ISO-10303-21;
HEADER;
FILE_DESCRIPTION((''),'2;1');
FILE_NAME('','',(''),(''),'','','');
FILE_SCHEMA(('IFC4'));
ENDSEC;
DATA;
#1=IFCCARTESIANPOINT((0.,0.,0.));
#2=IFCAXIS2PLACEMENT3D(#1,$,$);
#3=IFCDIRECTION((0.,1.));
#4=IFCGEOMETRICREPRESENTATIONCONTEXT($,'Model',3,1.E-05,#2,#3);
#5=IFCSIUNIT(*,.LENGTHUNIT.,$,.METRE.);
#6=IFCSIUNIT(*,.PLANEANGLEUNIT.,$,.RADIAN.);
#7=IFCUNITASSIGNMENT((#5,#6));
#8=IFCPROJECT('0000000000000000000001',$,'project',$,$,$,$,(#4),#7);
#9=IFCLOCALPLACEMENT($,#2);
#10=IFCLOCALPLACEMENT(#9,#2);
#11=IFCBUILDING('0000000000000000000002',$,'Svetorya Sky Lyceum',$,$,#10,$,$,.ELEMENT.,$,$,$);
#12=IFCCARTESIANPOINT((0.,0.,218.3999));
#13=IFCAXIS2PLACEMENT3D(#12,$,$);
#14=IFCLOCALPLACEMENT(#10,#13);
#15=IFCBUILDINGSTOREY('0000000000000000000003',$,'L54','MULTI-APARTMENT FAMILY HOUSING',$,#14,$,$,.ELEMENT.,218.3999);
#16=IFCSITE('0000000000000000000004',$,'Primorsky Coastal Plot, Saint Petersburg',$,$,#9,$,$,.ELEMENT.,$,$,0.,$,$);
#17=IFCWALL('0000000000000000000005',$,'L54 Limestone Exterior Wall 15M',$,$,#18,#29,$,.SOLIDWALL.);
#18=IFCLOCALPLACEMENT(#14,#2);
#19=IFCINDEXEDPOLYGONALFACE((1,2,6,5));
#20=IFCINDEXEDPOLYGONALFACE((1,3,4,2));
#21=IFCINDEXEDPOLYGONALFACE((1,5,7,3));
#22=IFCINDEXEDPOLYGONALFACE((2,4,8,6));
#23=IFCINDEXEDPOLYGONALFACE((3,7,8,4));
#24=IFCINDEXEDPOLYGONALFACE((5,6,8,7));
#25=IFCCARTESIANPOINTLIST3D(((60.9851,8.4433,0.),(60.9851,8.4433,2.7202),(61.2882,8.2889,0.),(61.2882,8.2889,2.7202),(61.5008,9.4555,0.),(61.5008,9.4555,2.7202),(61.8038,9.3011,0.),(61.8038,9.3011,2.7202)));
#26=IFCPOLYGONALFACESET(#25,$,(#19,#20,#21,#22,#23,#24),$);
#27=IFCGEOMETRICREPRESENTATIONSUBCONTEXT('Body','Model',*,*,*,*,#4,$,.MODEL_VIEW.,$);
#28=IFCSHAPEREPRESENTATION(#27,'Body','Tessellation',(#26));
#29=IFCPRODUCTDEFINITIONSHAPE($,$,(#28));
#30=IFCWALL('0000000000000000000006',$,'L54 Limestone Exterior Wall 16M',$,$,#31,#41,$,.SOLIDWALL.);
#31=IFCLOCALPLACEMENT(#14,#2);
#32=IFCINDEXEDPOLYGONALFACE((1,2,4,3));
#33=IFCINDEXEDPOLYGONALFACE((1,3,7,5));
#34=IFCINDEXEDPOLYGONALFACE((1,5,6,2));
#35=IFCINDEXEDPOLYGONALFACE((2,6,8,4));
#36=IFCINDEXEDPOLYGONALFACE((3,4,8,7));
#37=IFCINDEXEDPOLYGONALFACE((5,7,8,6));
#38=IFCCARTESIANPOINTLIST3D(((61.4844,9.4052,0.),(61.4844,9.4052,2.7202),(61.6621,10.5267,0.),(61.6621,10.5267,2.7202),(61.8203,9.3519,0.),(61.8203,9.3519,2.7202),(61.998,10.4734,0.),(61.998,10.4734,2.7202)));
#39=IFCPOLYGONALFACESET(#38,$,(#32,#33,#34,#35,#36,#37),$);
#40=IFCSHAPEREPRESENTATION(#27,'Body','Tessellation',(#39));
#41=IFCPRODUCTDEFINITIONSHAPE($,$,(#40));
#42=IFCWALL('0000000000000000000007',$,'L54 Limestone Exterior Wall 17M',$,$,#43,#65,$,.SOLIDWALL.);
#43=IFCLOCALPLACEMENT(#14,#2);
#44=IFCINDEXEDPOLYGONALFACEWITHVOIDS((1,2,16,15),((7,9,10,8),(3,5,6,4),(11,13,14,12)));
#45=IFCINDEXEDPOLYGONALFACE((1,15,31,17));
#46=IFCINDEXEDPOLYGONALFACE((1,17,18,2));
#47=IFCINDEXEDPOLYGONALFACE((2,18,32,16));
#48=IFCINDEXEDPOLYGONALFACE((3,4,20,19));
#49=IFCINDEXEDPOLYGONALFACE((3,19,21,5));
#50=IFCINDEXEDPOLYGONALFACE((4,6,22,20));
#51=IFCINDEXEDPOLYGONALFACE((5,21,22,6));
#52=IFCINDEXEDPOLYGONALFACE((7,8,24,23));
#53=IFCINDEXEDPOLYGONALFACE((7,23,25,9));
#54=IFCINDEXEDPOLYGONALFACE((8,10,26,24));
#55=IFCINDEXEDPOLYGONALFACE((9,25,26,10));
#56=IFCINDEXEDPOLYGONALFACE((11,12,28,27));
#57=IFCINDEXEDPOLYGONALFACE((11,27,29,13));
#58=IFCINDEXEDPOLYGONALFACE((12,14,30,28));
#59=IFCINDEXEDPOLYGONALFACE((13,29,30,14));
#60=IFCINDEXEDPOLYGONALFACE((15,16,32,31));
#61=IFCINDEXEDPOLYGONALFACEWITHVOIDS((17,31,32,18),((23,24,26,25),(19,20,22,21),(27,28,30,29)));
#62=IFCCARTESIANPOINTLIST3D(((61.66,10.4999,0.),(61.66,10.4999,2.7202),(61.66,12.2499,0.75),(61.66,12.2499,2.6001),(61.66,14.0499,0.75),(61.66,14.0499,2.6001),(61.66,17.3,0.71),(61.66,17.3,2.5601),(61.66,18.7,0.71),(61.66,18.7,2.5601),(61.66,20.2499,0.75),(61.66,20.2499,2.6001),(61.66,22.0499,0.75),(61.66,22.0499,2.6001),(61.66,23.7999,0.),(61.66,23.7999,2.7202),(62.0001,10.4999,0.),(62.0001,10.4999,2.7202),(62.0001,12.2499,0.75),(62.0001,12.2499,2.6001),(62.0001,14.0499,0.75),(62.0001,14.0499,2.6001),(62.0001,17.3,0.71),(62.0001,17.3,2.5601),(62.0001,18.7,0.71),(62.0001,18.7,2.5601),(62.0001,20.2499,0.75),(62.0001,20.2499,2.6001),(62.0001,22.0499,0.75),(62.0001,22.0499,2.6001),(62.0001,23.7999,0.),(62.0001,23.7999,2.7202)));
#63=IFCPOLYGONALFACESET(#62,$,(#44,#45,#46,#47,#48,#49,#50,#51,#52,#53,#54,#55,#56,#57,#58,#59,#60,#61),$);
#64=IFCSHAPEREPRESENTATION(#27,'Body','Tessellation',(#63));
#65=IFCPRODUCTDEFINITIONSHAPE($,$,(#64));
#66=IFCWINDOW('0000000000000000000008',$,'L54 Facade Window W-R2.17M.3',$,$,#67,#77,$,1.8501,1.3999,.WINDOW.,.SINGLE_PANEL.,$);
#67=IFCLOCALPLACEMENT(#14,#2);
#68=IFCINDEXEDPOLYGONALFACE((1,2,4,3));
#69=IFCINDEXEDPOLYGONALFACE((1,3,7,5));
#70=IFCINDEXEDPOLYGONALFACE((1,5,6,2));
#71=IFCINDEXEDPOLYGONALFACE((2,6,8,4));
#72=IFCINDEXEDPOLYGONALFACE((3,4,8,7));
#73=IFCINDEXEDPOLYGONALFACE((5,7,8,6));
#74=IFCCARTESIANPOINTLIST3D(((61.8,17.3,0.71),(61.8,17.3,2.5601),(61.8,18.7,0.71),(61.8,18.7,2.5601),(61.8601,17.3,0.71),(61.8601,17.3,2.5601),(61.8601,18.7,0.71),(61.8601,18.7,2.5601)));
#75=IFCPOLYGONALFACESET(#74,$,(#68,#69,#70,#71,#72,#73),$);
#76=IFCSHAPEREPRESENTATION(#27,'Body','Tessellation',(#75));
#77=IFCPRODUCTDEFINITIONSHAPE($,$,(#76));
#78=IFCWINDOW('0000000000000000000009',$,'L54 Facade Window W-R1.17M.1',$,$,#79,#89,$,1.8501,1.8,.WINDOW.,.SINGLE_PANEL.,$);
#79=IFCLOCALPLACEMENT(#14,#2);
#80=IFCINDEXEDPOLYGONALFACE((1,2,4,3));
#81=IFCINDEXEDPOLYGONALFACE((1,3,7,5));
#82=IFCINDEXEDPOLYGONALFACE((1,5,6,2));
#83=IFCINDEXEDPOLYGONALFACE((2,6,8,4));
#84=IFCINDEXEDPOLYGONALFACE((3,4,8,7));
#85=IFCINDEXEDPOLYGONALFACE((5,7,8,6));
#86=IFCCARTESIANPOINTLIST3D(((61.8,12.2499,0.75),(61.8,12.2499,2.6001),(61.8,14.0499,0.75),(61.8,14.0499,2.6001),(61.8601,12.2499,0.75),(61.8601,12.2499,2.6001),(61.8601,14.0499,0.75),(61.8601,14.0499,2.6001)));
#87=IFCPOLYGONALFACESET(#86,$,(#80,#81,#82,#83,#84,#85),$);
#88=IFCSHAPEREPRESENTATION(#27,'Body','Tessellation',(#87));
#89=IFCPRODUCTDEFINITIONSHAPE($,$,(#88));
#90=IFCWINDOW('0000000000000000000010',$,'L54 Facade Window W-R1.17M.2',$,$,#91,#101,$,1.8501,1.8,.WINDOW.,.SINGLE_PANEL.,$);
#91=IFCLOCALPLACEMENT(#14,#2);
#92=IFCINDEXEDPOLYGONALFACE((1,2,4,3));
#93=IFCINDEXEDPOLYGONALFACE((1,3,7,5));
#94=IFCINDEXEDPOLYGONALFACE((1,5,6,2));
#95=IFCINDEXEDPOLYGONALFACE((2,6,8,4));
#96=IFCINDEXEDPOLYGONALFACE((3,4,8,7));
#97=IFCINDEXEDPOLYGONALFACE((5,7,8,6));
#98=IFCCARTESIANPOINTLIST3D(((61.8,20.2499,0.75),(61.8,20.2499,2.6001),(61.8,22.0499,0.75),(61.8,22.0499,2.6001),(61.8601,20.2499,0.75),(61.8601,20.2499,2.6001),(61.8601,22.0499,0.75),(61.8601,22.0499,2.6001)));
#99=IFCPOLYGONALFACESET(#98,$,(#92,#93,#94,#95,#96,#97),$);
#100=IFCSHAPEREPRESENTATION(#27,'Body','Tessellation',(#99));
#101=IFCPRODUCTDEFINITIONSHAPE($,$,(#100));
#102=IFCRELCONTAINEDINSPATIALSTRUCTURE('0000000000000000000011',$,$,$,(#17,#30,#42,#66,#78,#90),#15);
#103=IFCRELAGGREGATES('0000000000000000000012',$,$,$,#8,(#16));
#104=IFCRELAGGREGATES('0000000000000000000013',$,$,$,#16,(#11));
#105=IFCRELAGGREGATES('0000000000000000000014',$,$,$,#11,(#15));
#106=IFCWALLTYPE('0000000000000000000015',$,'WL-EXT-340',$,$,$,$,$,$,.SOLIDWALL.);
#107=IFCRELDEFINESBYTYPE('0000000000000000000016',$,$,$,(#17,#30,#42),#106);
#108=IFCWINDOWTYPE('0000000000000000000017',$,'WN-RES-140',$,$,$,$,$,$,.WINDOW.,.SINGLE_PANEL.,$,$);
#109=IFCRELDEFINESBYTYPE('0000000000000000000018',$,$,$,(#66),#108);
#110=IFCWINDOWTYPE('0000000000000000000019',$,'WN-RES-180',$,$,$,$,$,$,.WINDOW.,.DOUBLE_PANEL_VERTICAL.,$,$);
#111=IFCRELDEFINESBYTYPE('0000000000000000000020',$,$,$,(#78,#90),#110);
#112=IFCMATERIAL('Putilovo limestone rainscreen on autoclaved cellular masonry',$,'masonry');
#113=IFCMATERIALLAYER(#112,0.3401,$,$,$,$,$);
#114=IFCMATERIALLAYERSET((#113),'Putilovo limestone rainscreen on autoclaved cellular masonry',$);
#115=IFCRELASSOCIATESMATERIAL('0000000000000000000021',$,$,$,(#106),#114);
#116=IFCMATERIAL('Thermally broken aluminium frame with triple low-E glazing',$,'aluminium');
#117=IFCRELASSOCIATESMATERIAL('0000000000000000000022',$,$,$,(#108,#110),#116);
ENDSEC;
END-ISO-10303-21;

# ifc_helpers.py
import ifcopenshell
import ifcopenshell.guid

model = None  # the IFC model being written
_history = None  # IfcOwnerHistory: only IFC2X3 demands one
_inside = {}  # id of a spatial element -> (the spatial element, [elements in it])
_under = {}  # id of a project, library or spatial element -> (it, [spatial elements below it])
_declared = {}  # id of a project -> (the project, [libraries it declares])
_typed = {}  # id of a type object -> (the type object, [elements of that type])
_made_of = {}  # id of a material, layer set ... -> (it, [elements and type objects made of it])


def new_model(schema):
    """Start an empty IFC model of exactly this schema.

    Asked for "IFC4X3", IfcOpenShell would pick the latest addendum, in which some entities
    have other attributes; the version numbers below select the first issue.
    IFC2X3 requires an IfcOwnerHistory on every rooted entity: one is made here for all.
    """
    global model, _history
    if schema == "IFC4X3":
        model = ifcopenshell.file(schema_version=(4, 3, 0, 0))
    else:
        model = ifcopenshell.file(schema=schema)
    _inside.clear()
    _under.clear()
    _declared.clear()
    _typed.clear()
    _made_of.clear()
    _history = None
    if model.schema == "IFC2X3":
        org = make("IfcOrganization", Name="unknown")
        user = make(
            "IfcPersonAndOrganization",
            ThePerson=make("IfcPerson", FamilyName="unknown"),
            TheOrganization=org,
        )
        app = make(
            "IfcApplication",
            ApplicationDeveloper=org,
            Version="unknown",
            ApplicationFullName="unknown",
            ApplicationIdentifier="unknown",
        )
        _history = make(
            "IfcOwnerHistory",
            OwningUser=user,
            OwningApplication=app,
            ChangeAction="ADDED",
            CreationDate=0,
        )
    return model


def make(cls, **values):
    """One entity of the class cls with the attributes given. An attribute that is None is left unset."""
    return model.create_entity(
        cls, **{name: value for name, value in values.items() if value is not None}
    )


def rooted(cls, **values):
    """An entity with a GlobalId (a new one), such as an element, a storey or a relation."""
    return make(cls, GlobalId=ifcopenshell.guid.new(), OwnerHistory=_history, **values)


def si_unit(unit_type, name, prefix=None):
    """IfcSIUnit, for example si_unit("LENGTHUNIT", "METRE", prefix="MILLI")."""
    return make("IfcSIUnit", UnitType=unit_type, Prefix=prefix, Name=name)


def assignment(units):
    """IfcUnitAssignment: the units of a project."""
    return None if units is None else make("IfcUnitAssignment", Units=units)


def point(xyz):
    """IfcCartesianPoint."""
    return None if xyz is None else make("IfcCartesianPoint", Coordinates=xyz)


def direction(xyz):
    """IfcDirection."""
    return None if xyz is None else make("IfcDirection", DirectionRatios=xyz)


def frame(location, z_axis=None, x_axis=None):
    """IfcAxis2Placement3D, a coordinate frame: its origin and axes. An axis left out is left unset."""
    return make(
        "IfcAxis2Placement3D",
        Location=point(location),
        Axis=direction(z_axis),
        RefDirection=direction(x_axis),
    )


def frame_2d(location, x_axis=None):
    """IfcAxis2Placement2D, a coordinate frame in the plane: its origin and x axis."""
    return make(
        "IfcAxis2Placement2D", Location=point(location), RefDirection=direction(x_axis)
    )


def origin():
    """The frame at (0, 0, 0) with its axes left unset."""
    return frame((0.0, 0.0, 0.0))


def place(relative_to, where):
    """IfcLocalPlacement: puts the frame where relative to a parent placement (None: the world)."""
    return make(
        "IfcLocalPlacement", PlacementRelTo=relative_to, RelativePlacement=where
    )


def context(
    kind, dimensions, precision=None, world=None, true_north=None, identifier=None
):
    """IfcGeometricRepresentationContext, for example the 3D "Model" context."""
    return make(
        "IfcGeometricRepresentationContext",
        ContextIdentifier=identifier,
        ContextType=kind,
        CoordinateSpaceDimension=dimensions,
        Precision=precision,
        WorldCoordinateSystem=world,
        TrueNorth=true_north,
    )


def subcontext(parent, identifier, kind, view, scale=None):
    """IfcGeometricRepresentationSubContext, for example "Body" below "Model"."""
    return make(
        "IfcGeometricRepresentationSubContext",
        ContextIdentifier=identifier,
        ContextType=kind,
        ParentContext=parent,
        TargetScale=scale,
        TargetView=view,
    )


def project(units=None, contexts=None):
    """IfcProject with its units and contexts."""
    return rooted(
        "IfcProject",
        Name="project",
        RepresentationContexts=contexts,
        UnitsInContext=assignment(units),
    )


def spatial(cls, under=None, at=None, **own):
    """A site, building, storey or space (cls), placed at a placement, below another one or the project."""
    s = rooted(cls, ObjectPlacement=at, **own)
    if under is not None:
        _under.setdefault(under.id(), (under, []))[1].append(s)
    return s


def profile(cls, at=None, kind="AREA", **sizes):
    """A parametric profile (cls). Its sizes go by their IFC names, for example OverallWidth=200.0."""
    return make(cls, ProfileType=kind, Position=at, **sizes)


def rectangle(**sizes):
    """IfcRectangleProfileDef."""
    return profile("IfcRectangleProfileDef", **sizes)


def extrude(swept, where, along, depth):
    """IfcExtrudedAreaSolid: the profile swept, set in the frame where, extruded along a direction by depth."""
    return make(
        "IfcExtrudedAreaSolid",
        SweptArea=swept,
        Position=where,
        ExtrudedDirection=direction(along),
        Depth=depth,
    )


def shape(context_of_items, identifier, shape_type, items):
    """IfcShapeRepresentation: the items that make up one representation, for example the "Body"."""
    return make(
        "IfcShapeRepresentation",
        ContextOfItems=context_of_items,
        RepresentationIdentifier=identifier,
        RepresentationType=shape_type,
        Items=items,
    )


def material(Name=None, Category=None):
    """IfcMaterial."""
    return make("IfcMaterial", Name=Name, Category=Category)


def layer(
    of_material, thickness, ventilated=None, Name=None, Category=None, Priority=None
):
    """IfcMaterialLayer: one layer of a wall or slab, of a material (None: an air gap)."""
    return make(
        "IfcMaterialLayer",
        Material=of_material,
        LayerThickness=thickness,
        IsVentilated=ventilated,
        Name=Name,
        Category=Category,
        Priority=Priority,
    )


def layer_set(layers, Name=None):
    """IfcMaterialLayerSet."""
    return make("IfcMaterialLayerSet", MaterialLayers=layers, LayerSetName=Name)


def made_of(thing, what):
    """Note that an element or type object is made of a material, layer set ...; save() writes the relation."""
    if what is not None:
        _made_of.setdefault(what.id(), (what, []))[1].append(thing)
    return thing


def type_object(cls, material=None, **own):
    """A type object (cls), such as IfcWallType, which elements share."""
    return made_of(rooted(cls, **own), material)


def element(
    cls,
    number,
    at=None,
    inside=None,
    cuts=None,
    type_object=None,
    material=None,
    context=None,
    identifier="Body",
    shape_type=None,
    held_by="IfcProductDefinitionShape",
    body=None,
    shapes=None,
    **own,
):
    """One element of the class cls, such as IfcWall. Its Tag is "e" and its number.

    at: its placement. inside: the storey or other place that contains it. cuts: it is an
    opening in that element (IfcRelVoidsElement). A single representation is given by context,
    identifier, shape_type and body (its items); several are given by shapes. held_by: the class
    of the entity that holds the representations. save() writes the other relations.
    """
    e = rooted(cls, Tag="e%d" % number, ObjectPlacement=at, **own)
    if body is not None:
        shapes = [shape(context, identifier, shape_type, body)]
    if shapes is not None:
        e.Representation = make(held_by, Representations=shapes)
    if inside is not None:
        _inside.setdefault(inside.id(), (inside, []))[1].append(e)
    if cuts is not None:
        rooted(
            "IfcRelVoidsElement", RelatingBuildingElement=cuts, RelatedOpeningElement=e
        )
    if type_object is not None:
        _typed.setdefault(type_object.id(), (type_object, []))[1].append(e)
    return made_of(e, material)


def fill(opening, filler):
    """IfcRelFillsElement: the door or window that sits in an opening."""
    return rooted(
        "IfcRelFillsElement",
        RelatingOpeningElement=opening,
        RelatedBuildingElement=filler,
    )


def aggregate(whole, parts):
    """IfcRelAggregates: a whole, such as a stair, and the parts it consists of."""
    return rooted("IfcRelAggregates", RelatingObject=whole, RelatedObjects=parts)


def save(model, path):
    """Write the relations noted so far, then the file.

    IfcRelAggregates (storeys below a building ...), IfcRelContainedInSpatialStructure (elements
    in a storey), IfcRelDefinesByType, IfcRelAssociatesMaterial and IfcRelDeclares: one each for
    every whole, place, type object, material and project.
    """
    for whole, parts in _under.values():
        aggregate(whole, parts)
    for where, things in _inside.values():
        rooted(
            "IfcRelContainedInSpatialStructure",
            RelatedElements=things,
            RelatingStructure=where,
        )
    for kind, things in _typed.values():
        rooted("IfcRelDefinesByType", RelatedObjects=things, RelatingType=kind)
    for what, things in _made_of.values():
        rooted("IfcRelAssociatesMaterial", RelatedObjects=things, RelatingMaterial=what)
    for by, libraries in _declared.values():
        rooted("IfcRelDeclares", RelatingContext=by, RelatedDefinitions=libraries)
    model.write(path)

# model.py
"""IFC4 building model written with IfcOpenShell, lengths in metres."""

from ifc_helpers import new_model, si_unit, direction, frame, frame_2d, origin, place, context, subcontext, project, spatial, rectangle, extrude, material, layer, layer_set, type_object, element, fill, save


model = new_model("IFC4")

# Units and contexts
model_context = context("Model", 3, precision=1e-05, world=origin(), true_north=direction((0.0, 1.0)))
body_context = subcontext(model_context, "Body", "Model", "MODEL_VIEW")
ifc_project = project(units=[si_unit("LENGTHUNIT", "METRE"), si_unit("PLANEANGLEUNIT", "RADIAN")], contexts=[model_context])

# Site, building, storey
site_placement = place(None, origin())
site = spatial("IfcSite", under=ifc_project, at=site_placement, Name="Primorsky Coastal Plot, Saint Petersburg", CompositionType="ELEMENT", RefElevation=0.0)
building_placement = place(site_placement, origin())
building = spatial("IfcBuilding", under=site, at=building_placement, Name="Svetorya Sky Lyceum", CompositionType="ELEMENT")
storey_placement = place(building_placement, frame((0.0, 0.0, 218.3999)))
storey = spatial("IfcBuildingStorey", under=building, at=storey_placement, Name="L54", Description="MULTI-APARTMENT FAMILY HOUSING", CompositionType="ELEMENT", Elevation=218.3999)

# Walls
ifc_material_1 = material(Name="Putilovo limestone rainscreen on autoclaved cellular masonry", Category="masonry")
ifc_layer_1 = layer(ifc_material_1, 0.3401)
ifc_layer_set_1 = layer_set([ifc_layer_1], Name="Putilovo limestone rainscreen on autoclaved cellular masonry")
wall_type_1 = type_object("IfcWallType", Name="WL-EXT-340", PredefinedType="SOLIDWALL", material=ifc_layer_set_1)
wall_1_placement = place(storey_placement, frame((61.1367, 8.3662, 0.0), z_axis=(0.0, 0.0, 1.0), x_axis=(0.453906, 0.891049, 0.0)))
element("IfcWall", 1, at=wall_1_placement, inside=storey, type_object=wall_type_1, Name="L54 Limestone Exterior Wall 15M", PredefinedType="SOLIDWALL", context=body_context, shape_type="SweptSolid", body=[
    extrude(rectangle(XDim=1.136, YDim=0.3401, at=frame_2d((0.5679, 0.0))), origin(), (0.0, 0.0, 1.0), 2.7202),
])
wall_2_placement = place(storey_placement, frame((61.6523, 9.3784, 0.0), z_axis=(0.0, 0.0, 1.0), x_axis=(0.156515, 0.987676, 0.0)))
element("IfcWall", 2, at=wall_2_placement, inside=storey, type_object=wall_type_1, Name="L54 Limestone Exterior Wall 16M", PredefinedType="SOLIDWALL", context=body_context, shape_type="SweptSolid", body=[
    extrude(rectangle(XDim=1.1355, YDim=0.3401, at=frame_2d((0.5679, 0.0))), origin(), (0.0, 0.0, 1.0), 2.7202),
])

# Wall, openings, windows
wall_3_placement = place(storey_placement, frame((61.8301, 10.5, 0.0), z_axis=(0.0, 0.0, 1.0), x_axis=(0.0, 1.0, 0.0)))
wall_3 = element("IfcWall", 3, at=wall_3_placement, inside=storey, type_object=wall_type_1, Name="L54 Limestone Exterior Wall 17M", PredefinedType="SOLIDWALL", context=body_context, shape_type="SweptSolid", body=[
    extrude(rectangle(XDim=13.3, YDim=0.3401, at=frame_2d((6.6499, 0.0))), origin(), (0.0, 0.0, 1.0), 2.7202),
])
opening_1_placement = place(wall_3_placement, frame((1.75, 0.0, 0.75)))
opening_1 = element("IfcOpeningElement", 4, at=opening_1_placement, cuts=wall_3, PredefinedType="OPENING", context=body_context, shape_type="SweptSolid", body=[
    extrude(rectangle(XDim=1.8, YDim=1.8501, at=frame_2d((0.8999, 0.925))), frame((0.0, 0.1799, 0.0), z_axis=(0.0, -1.0, 0.0), x_axis=(1.0, 0.0, 0.0)), (0.0, 0.0, 1.0), 0.3601),
])
opening_2_placement = place(wall_3_placement, frame((6.8, 0.0, 0.71)))
opening_2 = element("IfcOpeningElement", 5, at=opening_2_placement, cuts=wall_3, PredefinedType="OPENING", context=body_context, shape_type="SweptSolid", body=[
    extrude(rectangle(XDim=1.3999, YDim=1.8501, at=frame_2d((0.7, 0.925))), frame((0.0, 0.1799, 0.0), z_axis=(0.0, -1.0, 0.0), x_axis=(1.0, 0.0, 0.0)), (0.0, 0.0, 1.0), 0.3601),
])
opening_3_placement = place(wall_3_placement, frame((9.75, 0.0, 0.75)))
opening_3 = element("IfcOpeningElement", 6, at=opening_3_placement, cuts=wall_3, PredefinedType="OPENING", context=body_context, shape_type="SweptSolid", body=[
    extrude(rectangle(XDim=1.8, YDim=1.8501, at=frame_2d((0.8999, 0.925))), frame((0.0, 0.1799, 0.0), z_axis=(0.0, -1.0, 0.0), x_axis=(1.0, 0.0, 0.0)), (0.0, 0.0, 1.0), 0.3601),
])
ifc_material_2 = material(Name="Thermally broken aluminium frame with triple low-E glazing", Category="aluminium")
window_type_1 = type_object("IfcWindowType", Name="WN-RES-140", PartitioningType="SINGLE_PANEL", PredefinedType="WINDOW", material=ifc_material_2)
window_1_placement = place(opening_2_placement, origin())
window_1 = element("IfcWindow", 7, at=window_1_placement, inside=storey, type_object=window_type_1, Name="L54 Facade Window W-R2.17M.3", OverallHeight=1.8501, OverallWidth=1.3999, PartitioningType="SINGLE_PANEL", PredefinedType="WINDOW", context=body_context, shape_type="SweptSolid", body=[
    extrude(rectangle(XDim=1.3999, YDim=1.8501, at=frame_2d((0.7, 0.925))), frame((0.0, 0.03, 0.0), z_axis=(0.0, -1.0, 0.0), x_axis=(1.0, 0.0, 0.0)), (0.0, 0.0, 1.0), 0.0601),
])
fill(opening_2, window_1)
window_type_2 = type_object("IfcWindowType", Name="WN-RES-180", PartitioningType="DOUBLE_PANEL_VERTICAL", PredefinedType="WINDOW", material=ifc_material_2)
window_2_placement = place(opening_1_placement, origin())
window_2 = element("IfcWindow", 8, at=window_2_placement, inside=storey, type_object=window_type_2, Name="L54 Facade Window W-R1.17M.1", OverallHeight=1.8501, OverallWidth=1.8, PartitioningType="SINGLE_PANEL", PredefinedType="WINDOW", context=body_context, shape_type="SweptSolid", body=[
    extrude(rectangle(XDim=1.8, YDim=1.8501, at=frame_2d((0.8999, 0.925))), frame((0.0, 0.03, 0.0), z_axis=(0.0, -1.0, 0.0), x_axis=(1.0, 0.0, 0.0)), (0.0, 0.0, 1.0), 0.0601),
])
fill(opening_1, window_2)
window_3_placement = place(opening_3_placement, origin())
window_3 = element("IfcWindow", 9, at=window_3_placement, inside=storey, type_object=window_type_2, Name="L54 Facade Window W-R1.17M.2", OverallHeight=1.8501, OverallWidth=1.8, PartitioningType="SINGLE_PANEL", PredefinedType="WINDOW", context=body_context, shape_type="SweptSolid", body=[
    extrude(rectangle(XDim=1.8, YDim=1.8501, at=frame_2d((0.8999, 0.925))), frame((0.0, 0.03, 0.0), z_axis=(0.0, -1.0, 0.0), x_axis=(1.0, 0.0, 0.0)), (0.0, 0.0, 1.0), 0.0601),
])
fill(opening_3, window_3)

save(model, "model.ifc")
